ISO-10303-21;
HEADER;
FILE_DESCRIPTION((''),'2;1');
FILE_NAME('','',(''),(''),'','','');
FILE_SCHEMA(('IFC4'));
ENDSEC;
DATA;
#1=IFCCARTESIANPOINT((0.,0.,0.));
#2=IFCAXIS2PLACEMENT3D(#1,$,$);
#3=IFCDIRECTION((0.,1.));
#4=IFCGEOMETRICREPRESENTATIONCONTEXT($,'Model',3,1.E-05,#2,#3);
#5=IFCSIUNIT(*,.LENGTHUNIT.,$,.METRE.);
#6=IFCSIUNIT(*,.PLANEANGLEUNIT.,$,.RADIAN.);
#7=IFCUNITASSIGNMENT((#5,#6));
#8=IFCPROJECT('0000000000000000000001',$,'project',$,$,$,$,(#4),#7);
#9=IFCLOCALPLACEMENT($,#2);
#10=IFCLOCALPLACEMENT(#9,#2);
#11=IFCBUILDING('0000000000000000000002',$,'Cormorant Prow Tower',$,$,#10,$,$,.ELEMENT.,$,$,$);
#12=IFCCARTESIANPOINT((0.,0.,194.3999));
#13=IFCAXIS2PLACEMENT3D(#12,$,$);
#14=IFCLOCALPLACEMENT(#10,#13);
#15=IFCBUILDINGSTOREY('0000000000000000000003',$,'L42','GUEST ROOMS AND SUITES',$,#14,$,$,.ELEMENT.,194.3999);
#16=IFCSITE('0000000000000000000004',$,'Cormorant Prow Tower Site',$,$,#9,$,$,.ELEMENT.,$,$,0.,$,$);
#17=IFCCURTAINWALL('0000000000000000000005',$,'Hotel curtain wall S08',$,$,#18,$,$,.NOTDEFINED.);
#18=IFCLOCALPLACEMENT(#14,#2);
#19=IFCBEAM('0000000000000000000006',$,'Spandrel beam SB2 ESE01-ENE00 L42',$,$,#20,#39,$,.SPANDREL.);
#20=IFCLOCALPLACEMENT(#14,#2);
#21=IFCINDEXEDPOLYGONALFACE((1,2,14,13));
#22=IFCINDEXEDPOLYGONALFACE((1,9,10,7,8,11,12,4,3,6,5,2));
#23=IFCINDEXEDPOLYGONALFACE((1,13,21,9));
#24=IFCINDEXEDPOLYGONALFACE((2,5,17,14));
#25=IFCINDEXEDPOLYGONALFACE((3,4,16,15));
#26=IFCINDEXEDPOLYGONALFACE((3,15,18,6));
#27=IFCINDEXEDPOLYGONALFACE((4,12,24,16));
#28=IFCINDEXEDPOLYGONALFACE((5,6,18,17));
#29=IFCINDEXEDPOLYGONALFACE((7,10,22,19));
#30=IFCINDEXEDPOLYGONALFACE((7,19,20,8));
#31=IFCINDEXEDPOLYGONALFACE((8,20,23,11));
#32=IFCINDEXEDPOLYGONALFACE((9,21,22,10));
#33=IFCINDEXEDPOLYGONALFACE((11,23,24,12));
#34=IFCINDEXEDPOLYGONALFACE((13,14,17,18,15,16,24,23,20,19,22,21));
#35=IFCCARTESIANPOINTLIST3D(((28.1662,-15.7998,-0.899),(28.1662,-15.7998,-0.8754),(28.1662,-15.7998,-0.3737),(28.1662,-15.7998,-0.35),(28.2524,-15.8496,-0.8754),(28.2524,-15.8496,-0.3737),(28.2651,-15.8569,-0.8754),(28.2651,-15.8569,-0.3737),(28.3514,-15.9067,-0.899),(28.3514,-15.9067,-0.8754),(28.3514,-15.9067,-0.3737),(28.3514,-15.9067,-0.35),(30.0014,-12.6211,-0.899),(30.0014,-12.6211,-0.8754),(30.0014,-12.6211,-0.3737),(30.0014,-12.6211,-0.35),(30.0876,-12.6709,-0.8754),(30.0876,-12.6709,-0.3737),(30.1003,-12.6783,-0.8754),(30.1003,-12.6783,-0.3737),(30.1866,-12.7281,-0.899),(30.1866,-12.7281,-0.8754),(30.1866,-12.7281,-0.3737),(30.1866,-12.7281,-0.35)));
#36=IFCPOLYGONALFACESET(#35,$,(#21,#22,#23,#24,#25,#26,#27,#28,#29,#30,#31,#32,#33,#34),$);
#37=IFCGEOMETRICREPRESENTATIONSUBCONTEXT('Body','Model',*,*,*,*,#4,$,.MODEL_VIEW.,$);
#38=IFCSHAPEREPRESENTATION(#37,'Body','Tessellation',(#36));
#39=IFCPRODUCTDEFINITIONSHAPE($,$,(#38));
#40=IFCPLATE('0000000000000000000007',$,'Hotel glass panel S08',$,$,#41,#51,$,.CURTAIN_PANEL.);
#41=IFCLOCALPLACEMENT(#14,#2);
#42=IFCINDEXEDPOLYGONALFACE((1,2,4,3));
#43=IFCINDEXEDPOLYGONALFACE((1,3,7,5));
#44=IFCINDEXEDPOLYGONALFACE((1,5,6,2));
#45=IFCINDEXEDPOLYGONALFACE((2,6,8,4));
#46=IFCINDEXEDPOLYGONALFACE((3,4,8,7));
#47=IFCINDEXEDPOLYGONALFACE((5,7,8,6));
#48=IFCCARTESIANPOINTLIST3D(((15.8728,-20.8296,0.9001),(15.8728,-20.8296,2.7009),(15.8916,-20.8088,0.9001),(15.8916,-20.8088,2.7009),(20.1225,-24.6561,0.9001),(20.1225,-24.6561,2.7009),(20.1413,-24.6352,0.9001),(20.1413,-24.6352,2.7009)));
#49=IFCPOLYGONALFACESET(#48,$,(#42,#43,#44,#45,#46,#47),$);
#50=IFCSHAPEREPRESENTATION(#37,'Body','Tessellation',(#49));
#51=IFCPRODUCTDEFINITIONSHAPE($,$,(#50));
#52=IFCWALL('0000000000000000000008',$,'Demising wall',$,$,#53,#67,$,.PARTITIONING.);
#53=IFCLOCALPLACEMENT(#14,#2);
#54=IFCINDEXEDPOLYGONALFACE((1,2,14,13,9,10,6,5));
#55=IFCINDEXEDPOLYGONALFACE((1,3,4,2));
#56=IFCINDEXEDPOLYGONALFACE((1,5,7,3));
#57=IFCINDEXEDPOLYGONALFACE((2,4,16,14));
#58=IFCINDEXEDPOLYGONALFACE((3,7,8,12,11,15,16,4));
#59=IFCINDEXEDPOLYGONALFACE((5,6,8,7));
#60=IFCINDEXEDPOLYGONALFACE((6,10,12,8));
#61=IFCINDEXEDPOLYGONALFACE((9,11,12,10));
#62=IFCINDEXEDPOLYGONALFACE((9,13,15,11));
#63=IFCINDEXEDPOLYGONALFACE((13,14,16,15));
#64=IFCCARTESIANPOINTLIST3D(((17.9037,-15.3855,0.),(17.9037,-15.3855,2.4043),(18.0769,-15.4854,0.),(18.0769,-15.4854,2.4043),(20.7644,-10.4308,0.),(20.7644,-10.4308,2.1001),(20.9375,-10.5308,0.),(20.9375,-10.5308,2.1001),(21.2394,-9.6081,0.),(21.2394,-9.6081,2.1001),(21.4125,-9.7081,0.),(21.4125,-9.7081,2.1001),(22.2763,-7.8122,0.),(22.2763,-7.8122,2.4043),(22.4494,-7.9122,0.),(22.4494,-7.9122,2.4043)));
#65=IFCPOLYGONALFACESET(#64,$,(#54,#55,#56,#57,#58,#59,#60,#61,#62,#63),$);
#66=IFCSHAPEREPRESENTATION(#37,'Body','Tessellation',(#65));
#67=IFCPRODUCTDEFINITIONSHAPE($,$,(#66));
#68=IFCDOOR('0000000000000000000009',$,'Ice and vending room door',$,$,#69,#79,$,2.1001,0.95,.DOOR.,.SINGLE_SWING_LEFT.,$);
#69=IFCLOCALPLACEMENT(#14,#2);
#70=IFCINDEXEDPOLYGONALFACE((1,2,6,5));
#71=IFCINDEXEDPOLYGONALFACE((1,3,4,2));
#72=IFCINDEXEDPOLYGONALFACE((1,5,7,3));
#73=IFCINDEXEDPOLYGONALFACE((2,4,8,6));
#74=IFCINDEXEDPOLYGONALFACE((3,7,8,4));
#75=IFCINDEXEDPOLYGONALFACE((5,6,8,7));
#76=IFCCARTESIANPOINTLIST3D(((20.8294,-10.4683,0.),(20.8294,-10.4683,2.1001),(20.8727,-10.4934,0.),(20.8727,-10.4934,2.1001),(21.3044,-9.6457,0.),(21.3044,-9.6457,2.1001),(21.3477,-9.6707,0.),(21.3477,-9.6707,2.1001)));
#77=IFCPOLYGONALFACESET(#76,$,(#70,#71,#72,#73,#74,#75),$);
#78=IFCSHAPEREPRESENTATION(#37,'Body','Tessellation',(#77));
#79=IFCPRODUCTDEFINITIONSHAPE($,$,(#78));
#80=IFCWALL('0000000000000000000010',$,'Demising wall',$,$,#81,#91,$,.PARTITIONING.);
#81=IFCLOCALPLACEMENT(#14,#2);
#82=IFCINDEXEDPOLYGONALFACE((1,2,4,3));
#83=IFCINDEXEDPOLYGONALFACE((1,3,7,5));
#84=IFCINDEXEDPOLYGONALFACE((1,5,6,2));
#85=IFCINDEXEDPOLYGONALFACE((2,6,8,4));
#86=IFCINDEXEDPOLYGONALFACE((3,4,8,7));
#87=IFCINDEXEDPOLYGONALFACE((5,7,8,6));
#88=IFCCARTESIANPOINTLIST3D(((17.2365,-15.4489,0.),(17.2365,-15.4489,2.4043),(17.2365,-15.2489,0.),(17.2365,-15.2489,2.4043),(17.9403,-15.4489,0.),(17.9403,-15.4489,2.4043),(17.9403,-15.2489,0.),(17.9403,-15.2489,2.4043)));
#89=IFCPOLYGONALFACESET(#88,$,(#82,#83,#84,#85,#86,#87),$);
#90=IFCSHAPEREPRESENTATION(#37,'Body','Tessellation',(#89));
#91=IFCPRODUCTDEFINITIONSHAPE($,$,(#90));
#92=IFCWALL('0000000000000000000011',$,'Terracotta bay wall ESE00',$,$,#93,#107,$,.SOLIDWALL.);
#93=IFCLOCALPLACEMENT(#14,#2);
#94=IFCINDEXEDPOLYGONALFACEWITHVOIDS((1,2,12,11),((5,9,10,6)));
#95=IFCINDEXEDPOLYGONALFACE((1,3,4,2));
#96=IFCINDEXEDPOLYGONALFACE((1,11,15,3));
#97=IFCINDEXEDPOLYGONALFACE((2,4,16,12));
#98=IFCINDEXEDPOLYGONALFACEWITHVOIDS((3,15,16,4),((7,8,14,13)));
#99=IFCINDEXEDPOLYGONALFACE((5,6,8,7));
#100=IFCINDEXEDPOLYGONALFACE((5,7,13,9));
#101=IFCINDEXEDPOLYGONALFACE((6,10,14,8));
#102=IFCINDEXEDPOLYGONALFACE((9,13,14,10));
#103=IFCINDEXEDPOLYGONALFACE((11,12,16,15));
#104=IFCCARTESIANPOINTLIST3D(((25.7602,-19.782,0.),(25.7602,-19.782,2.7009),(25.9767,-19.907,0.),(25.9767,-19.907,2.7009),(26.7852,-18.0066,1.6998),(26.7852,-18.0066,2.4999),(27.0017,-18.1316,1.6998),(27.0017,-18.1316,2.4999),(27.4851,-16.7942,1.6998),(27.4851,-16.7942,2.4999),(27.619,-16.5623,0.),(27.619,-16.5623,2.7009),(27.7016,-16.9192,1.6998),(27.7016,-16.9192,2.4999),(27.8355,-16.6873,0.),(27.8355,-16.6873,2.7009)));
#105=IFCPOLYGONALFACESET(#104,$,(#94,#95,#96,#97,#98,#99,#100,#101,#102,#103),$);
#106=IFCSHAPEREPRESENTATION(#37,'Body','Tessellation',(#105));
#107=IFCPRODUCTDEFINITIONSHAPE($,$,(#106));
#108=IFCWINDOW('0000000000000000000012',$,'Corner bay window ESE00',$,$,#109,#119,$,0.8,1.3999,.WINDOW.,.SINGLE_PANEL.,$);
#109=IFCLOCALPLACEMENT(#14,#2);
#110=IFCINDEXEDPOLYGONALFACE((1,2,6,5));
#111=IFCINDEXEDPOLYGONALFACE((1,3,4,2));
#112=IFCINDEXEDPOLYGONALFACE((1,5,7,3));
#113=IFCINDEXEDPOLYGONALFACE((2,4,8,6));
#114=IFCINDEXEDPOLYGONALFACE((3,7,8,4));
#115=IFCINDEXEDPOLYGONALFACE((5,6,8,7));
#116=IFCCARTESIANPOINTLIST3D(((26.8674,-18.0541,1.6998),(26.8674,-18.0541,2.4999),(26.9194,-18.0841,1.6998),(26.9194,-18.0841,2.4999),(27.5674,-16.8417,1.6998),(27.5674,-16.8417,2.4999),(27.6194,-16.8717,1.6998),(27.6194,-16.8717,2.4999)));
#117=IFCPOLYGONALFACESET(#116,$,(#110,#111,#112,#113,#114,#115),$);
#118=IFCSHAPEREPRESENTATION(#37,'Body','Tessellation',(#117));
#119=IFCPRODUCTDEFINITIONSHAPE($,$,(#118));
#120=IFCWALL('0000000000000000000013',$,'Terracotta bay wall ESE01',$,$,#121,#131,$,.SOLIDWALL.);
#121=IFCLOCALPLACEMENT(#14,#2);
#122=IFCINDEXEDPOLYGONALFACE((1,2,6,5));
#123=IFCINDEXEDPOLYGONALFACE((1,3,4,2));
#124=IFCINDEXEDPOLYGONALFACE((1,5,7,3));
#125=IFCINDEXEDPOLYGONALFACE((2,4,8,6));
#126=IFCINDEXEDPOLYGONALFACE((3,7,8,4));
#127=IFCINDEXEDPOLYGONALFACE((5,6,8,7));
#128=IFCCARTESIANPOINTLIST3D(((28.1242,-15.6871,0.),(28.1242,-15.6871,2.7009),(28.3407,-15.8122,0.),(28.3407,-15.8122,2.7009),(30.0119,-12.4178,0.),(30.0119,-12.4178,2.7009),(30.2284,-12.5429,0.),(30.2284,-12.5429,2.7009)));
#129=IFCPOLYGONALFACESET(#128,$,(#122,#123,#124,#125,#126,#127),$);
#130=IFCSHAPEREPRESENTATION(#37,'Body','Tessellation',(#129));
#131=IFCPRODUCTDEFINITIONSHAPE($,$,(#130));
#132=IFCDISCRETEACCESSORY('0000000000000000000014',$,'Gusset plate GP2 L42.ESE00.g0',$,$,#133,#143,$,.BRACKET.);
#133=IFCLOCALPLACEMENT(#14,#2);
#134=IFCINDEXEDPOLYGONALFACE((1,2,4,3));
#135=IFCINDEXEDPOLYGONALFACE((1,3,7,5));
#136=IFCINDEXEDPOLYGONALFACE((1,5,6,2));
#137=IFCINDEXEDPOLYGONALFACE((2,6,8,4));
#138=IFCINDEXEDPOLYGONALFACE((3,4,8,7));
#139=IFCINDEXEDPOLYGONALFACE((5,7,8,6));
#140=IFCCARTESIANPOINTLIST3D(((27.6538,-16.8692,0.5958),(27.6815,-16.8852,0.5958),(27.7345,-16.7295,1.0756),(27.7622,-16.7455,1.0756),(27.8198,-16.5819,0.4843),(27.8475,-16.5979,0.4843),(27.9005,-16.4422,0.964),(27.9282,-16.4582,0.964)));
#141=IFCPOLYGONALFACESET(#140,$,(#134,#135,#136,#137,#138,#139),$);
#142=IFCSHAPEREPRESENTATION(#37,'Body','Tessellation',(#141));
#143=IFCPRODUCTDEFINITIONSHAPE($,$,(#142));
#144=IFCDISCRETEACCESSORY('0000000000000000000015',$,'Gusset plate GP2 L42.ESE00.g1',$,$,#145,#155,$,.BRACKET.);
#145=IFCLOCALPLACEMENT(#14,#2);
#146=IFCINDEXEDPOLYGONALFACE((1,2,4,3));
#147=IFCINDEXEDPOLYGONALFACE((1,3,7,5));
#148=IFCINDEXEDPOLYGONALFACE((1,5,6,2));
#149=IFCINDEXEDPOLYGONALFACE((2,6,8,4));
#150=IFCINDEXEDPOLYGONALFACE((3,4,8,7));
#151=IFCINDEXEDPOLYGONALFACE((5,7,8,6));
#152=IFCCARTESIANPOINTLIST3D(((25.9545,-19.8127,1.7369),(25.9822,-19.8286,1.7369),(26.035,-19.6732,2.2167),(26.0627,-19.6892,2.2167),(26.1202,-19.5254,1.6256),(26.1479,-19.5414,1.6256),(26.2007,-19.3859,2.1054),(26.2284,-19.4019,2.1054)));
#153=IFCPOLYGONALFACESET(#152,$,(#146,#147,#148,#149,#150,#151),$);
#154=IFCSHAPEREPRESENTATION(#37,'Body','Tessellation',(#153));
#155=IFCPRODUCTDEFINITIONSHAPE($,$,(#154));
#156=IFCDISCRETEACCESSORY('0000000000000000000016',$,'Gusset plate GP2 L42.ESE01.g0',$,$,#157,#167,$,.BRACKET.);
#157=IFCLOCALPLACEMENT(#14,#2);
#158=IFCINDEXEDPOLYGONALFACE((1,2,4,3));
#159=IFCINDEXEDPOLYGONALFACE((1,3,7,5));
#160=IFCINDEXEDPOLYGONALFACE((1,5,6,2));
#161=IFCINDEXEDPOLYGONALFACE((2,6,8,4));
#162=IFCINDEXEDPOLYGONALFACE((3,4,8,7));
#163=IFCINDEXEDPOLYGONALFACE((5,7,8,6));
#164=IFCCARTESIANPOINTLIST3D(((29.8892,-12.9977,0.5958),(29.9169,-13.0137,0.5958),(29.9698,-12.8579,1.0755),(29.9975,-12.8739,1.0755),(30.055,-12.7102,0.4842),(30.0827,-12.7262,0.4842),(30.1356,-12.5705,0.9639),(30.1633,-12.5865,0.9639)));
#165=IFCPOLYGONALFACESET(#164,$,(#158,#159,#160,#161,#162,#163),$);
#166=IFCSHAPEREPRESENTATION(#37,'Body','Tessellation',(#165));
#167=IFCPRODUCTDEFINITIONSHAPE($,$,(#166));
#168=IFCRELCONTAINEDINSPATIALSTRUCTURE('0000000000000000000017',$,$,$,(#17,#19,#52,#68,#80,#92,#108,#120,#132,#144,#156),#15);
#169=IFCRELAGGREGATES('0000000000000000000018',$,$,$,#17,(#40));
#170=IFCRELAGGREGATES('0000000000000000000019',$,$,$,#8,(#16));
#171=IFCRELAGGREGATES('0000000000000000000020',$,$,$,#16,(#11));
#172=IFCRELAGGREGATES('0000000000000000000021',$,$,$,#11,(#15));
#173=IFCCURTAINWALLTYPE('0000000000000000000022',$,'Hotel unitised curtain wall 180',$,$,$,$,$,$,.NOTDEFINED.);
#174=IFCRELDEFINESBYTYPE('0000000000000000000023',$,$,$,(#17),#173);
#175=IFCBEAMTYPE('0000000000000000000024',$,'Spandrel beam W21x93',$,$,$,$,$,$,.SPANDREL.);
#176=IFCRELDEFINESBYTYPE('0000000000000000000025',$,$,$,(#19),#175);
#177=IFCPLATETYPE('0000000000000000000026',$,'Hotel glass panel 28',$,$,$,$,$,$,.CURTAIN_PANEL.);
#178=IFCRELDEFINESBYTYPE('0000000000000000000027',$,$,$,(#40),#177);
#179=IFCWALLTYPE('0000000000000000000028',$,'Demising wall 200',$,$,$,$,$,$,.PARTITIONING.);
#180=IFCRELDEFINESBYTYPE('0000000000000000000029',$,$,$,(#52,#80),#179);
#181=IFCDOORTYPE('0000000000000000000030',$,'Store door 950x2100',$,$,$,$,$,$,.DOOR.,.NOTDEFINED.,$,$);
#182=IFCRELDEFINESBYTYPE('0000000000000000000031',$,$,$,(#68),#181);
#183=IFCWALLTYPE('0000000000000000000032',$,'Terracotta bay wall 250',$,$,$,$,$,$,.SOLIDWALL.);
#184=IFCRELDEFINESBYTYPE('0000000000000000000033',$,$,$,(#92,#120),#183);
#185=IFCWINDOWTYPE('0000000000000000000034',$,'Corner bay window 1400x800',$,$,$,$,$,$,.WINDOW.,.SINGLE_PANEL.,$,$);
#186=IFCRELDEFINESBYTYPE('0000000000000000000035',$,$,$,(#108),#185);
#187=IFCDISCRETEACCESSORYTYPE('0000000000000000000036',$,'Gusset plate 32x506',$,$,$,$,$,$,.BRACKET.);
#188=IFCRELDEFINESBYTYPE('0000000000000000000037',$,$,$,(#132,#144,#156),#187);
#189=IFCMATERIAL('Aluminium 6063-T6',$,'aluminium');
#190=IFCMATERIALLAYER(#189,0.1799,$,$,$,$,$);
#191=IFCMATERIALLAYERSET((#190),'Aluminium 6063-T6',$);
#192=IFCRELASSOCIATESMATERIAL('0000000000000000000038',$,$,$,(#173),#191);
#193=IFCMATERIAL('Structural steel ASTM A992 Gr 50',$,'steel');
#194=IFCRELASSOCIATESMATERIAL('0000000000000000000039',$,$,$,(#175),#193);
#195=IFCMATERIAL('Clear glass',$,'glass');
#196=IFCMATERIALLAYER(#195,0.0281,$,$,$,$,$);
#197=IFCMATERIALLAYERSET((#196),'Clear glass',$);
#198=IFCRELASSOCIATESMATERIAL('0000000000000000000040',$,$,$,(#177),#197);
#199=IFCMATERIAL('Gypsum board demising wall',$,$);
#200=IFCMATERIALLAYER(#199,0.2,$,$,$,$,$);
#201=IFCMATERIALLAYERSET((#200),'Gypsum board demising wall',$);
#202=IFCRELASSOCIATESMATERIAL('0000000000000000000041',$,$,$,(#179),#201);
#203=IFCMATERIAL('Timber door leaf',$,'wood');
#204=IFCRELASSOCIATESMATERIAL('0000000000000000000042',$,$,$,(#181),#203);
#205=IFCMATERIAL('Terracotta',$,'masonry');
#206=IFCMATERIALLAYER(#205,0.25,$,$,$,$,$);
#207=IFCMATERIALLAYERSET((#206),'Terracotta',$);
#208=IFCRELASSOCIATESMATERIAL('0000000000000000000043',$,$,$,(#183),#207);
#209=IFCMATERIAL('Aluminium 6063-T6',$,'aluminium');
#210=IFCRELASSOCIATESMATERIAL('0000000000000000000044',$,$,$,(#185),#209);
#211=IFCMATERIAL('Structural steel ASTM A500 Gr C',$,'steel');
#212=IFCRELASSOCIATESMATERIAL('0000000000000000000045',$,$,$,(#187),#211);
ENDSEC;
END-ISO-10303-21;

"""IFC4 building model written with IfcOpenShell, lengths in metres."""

from ifc_helpers import new_model, si_unit, direction, frame, frame_2d, origin, origin_2d, place, context, subcontext, project, spatial, rectangle, i_section, extrude, material, layer, layer_set, material_profile, profile_set, type_object, element, fill, aggregate, save


model = new_model("IFC4")

# Units and contexts
model_context = context("Model", 3, precision=1e-05, world=origin(), true_north=direction((0.0, 1.0)))
body_context = subcontext(model_context, "Body", "Model", "MODEL_VIEW")
ifc_project = project(units=[si_unit("LENGTHUNIT", "METRE"), si_unit("PLANEANGLEUNIT", "RADIAN")], contexts=[model_context])

# Site, building, storey
site_placement = place(None, origin())
site = spatial("IfcSite", under=ifc_project, at=site_placement, Name="Cormorant Prow Tower Site", CompositionType="ELEMENT", RefElevation=0.0)
building_placement = place(site_placement, origin())
building = spatial("IfcBuilding", under=site, at=building_placement, Name="Cormorant Prow Tower", CompositionType="ELEMENT")
storey_placement = place(building_placement, frame((0.0, 0.0, 194.3999)))
storey = spatial("IfcBuildingStorey", under=building, at=storey_placement, Name="L42", Description="GUEST ROOMS AND SUITES", CompositionType="ELEMENT", Elevation=194.3999)

# Curtain wall
ifc_material_1 = material(Name="Aluminium 6063-T6", Category="aluminium")
ifc_layer_1 = layer(ifc_material_1, 0.1799)
ifc_layer_set_1 = layer_set([ifc_layer_1], Name="Aluminium 6063-T6")
curtain_wall_type = type_object("IfcCurtainWallType", Name="Hotel unitised curtain wall 180", PredefinedType="NOTDEFINED", material=ifc_layer_set_1)
curtain_wall_placement = place(storey_placement, origin())
curtain_wall = element("IfcCurtainWall", 1, at=curtain_wall_placement, inside=storey, type_object=curtain_wall_type, Name="Hotel curtain wall S08", PredefinedType="NOTDEFINED")

# Beam
ifc_material_2 = material(Name="Structural steel ASTM A992 Gr 50", Category="steel")
ifc_material_profile_1 = material_profile(ifc_material_2, i_section(OverallWidth=0.2139, OverallDepth=0.5491, WebThickness=0.0146, FlangeThickness=0.0237, at=origin_2d()), Name="W21x93")
ifc_profile_set_1 = profile_set([ifc_material_profile_1], Name="Structural steel ASTM A992 Gr 50")
beam_type = type_object("IfcBeamType", Name="Spandrel beam W21x93", PredefinedType="SPANDREL", material=ifc_profile_set_1)
for number, where, z_axis, x_axis, name in (
    (2, (28.2588, -15.8533, -0.6245), (0.499995, 0.866028, 0.0), (-0.866028, 0.499995, 0.0), "Spandrel beam SB2 ESE01-ENE00 L42"),
):
    element("IfcBeam", number, at=place(storey_placement, frame(where, z_axis=z_axis, x_axis=x_axis)), inside=storey, type_object=beam_type, Name=name, PredefinedType="SPANDREL", context=body_context, shape_type="SweptSolid", body=[
        extrude(i_section(OverallWidth=0.2139, OverallDepth=0.5491, WebThickness=0.0146, FlangeThickness=0.0237, at=origin_2d()), origin(), (0.0, 0.0, 1.0), 3.6704),
    ])

# Plate
ifc_material_3 = material(Name="Clear glass", Category="glass")
ifc_layer_2 = layer(ifc_material_3, 0.0281)
ifc_layer_set_2 = layer_set([ifc_layer_2], Name="Clear glass")
plate_type = type_object("IfcPlateType", Name="Hotel glass panel 28", PredefinedType="CURTAIN_PANEL", material=ifc_layer_set_2)
plate_placement = place(storey_placement, frame((18.0071, -22.7324, 0.9001), z_axis=(0.0, 0.0, 1.0), x_axis=(0.743145, -0.669131, 0.0)))
plate = element("IfcPlate", 3, at=plate_placement, type_object=plate_type, Name="Hotel glass panel S08", PredefinedType="CURTAIN_PANEL", context=body_context, shape_type="SweptSolid", body=[
    extrude(rectangle(XDim=5.7185, YDim=0.0281, at=origin_2d()), origin(), (0.0, 0.0, 1.0), 1.8008),
])
aggregate(curtain_wall, [plate])

# Wall, opening, door
ifc_material_4 = material(Name="Gypsum board demising wall")
ifc_layer_3 = layer(ifc_material_4, 0.2)
ifc_layer_set_3 = layer_set([ifc_layer_3], Name="Gypsum board demising wall")
wall_type_1 = type_object("IfcWallType", Name="Demising wall 200", PredefinedType="PARTITIONING", material=ifc_layer_set_3)
wall_1_placement = place(storey_placement, frame((17.9902, -15.4355, 0.0), z_axis=(0.0, 0.0, 1.0), x_axis=(0.500012, 0.866018, 0.0)))
wall_1 = element("IfcWall", 4, at=wall_1_placement, inside=storey, type_object=wall_type_1, Name="Demising wall", PredefinedType="PARTITIONING", context=body_context, shape_type="SweptSolid", body=[
    extrude(rectangle(XDim=8.7449, YDim=0.2, at=frame_2d((4.3726, 0.0))), origin(), (0.0, 0.0, 1.0), 2.4043),
])
opening_1_placement = place(wall_1_placement, frame((5.7212, 0.0, 0.0)))
opening_1 = element("IfcOpeningElement", 5, at=opening_1_placement, cuts=wall_1, PredefinedType="OPENING", context=body_context, shape_type="SweptSolid", body=[
    extrude(rectangle(XDim=0.95, YDim=2.1001, at=frame_2d((0.4751, 1.05))), frame((0.0, 0.1099, 0.0), z_axis=(0.0, -1.0, 0.0), x_axis=(1.0, 0.0, 0.0)), (0.0, 0.0, 1.0), 0.22),
])
ifc_material_5 = material(Name="Timber door leaf", Category="wood")
door_type_1 = type_object("IfcDoorType", Name="Store door 950x2100", OperationType="NOTDEFINED", PredefinedType="DOOR", material=ifc_material_5)
door_1_placement = place(opening_1_placement, origin())
door_1 = element("IfcDoor", 6, at=door_1_placement, inside=storey, type_object=door_type_1, Name="Ice and vending room door", OperationType="SINGLE_SWING_LEFT", OverallHeight=2.1001, OverallWidth=0.95, PredefinedType="DOOR", context=body_context, shape_type="SweptSolid", body=[
    extrude(rectangle(XDim=0.95, YDim=2.1001, at=frame_2d((0.4751, 1.05))), frame((0.0, 0.0249, 0.0), z_axis=(0.0, -1.0, 0.0), x_axis=(1.0, 0.0, 0.0)), (0.0, 0.0, 1.0), 0.05),
])
fill(opening_1, door_1)

# Wall
wall_2_placement = place(storey_placement, frame((17.2363, -15.3489, 0.0), z_axis=(0.0, 0.0, 1.0), x_axis=(1.0, 0.0, 0.0)))
element("IfcWall", 7, at=wall_2_placement, inside=storey, type_object=wall_type_1, Name="Demising wall", PredefinedType="PARTITIONING", context=body_context, shape_type="SweptSolid", body=[
    extrude(rectangle(XDim=0.7039, YDim=0.2, at=frame_2d((0.3521, 0.0))), origin(), (0.0, 0.0, 1.0), 2.4043),
])

# Wall, opening, window
ifc_material_6 = material(Name="Terracotta", Category="masonry")
ifc_layer_4 = layer(ifc_material_6, 0.25)
ifc_layer_set_4 = layer_set([ifc_layer_4], Name="Terracotta")
wall_type_2 = type_object("IfcWallType", Name="Terracotta bay wall 250", PredefinedType="SOLIDWALL", material=ifc_layer_set_4)
wall_3_placement = place(storey_placement, frame((25.8684, -19.8445, 0.0), z_axis=(0.0, 0.0, 1.0), x_axis=(0.499995, 0.866028, 0.0)))
wall_3 = element("IfcWall", 8, at=wall_3_placement, inside=storey, type_object=wall_type_2, Name="Terracotta bay wall ESE00", PredefinedType="SOLIDWALL", context=body_context, shape_type="SweptSolid", body=[
    extrude(rectangle(XDim=3.7178, YDim=0.25, at=frame_2d((1.8589, 0.0))), origin(), (0.0, 0.0, 1.0), 2.7009),
])
opening_2_placement = place(wall_3_placement, frame((2.05, 0.0, 1.7)))
opening_2 = element("IfcOpeningElement", 9, at=opening_2_placement, cuts=wall_3, PredefinedType="OPENING", context=body_context, shape_type="SweptSolid", body=[
    extrude(rectangle(XDim=1.3999, YDim=0.8, at=frame_2d((0.7, 0.3999))), frame((0.0, 0.135, 0.0), z_axis=(0.0, -1.0, 0.0), x_axis=(1.0, 0.0, 0.0)), (0.0, 0.0, 1.0), 0.27),
])
ifc_material_7 = material(Name="Aluminium 6063-T6", Category="aluminium")
window_type = type_object("IfcWindowType", Name="Corner bay window 1400x800", PartitioningType="SINGLE_PANEL", PredefinedType="WINDOW", material=ifc_material_7)
window_placement = place(opening_2_placement, origin())
window = element("IfcWindow", 10, at=window_placement, inside=storey, type_object=window_type, Name="Corner bay window ESE00", OverallHeight=0.8, OverallWidth=1.3999, PartitioningType="SINGLE_PANEL", PredefinedType="WINDOW", context=body_context, shape_type="SweptSolid", body=[
    extrude(rectangle(XDim=1.3999, YDim=0.8, at=frame_2d((0.7, 0.3999))), frame((0.0, 0.03, 0.0), z_axis=(0.0, -1.0, 0.0), x_axis=(1.0, 0.0, 0.0)), (0.0, 0.0, 1.0), 0.0601),
])
fill(opening_2, window)

# Wall
wall_4_placement = place(storey_placement, frame((28.2324, -15.7498, 0.0), z_axis=(0.0, 0.0, 1.0), x_axis=(0.500034, 0.866006, 0.0)))
element("IfcWall", 11, at=wall_4_placement, inside=storey, type_object=wall_type_2, Name="Terracotta bay wall ESE01", PredefinedType="SOLIDWALL", context=body_context, shape_type="SweptSolid", body=[
    extrude(rectangle(XDim=3.7751, YDim=0.25, at=frame_2d((1.8877, 0.0))), origin(), (0.0, 0.0, 1.0), 2.7009),
])

# Discrete accessories
ifc_material_8 = material(Name="Structural steel ASTM A500 Gr C", Category="steel")
ifc_material_profile_2 = material_profile(ifc_material_8, rectangle(XDim=0.032, YDim=0.5061, at=origin_2d()), Name="Gusset plate 32x506")
ifc_profile_set_2 = profile_set([ifc_material_profile_2], Name="Structural steel ASTM A500 Gr C")
discrete_accessory_type = type_object("IfcDiscreteAccessoryType", Name="Gusset plate 32x506", PredefinedType="BRACKET", material=ifc_profile_set_2)
discrete_accessory_1_placement = place(storey_placement, frame((27.708, -16.8074, 0.8357), z_axis=(0.474172, 0.820737, -0.318672), x_axis=(-0.865879, 0.500253, 0.0)))
element("IfcDiscreteAccessory", 12, at=discrete_accessory_1_placement, inside=storey, type_object=discrete_accessory_type, Name="Gusset plate GP2 L42.ESE00.g0", PredefinedType="BRACKET", context=body_context, shape_type="SweptSolid", body=[
    extrude(rectangle(XDim=0.032, YDim=0.5061, at=origin_2d()), origin(), (0.0, 0.0, 1.0), 0.3501),
])
discrete_accessory_2_placement = place(storey_placement, frame((26.1743, -19.4636, 1.8655), z_axis=(-0.473737, -0.82119, 0.31815), x_axis=(0.866198, -0.499701, 0.0)))
element("IfcDiscreteAccessory", 13, at=discrete_accessory_2_placement, inside=storey, type_object=discrete_accessory_type, Name="Gusset plate GP2 L42.ESE00.g1", PredefinedType="BRACKET", context=body_context, shape_type="SweptSolid", body=[
    extrude(rectangle(XDim=0.032, YDim=0.5061, at=origin_2d()), origin(), (0.0, 0.0, 1.0), 0.3499),
])
for number, where, z_axis, x_axis, name in (
    (14, (29.9434, -12.9358, 0.8357), (0.473632, 0.821008, -0.318777), (-0.866198, 0.499701, 0.0), "Gusset plate GP2 L42.ESE01.g0"),
):
    element("IfcDiscreteAccessory", number, at=place(storey_placement, frame(where, z_axis=z_axis, x_axis=x_axis)), inside=storey, type_object=discrete_accessory_type, Name=name, PredefinedType="BRACKET", context=body_context, shape_type="SweptSolid", body=[
        extrude(rectangle(XDim=0.032, YDim=0.5061, at=origin_2d()), origin(), (0.0, 0.0, 1.0), 0.3501),
    ])

save(model, "model.ifc")
